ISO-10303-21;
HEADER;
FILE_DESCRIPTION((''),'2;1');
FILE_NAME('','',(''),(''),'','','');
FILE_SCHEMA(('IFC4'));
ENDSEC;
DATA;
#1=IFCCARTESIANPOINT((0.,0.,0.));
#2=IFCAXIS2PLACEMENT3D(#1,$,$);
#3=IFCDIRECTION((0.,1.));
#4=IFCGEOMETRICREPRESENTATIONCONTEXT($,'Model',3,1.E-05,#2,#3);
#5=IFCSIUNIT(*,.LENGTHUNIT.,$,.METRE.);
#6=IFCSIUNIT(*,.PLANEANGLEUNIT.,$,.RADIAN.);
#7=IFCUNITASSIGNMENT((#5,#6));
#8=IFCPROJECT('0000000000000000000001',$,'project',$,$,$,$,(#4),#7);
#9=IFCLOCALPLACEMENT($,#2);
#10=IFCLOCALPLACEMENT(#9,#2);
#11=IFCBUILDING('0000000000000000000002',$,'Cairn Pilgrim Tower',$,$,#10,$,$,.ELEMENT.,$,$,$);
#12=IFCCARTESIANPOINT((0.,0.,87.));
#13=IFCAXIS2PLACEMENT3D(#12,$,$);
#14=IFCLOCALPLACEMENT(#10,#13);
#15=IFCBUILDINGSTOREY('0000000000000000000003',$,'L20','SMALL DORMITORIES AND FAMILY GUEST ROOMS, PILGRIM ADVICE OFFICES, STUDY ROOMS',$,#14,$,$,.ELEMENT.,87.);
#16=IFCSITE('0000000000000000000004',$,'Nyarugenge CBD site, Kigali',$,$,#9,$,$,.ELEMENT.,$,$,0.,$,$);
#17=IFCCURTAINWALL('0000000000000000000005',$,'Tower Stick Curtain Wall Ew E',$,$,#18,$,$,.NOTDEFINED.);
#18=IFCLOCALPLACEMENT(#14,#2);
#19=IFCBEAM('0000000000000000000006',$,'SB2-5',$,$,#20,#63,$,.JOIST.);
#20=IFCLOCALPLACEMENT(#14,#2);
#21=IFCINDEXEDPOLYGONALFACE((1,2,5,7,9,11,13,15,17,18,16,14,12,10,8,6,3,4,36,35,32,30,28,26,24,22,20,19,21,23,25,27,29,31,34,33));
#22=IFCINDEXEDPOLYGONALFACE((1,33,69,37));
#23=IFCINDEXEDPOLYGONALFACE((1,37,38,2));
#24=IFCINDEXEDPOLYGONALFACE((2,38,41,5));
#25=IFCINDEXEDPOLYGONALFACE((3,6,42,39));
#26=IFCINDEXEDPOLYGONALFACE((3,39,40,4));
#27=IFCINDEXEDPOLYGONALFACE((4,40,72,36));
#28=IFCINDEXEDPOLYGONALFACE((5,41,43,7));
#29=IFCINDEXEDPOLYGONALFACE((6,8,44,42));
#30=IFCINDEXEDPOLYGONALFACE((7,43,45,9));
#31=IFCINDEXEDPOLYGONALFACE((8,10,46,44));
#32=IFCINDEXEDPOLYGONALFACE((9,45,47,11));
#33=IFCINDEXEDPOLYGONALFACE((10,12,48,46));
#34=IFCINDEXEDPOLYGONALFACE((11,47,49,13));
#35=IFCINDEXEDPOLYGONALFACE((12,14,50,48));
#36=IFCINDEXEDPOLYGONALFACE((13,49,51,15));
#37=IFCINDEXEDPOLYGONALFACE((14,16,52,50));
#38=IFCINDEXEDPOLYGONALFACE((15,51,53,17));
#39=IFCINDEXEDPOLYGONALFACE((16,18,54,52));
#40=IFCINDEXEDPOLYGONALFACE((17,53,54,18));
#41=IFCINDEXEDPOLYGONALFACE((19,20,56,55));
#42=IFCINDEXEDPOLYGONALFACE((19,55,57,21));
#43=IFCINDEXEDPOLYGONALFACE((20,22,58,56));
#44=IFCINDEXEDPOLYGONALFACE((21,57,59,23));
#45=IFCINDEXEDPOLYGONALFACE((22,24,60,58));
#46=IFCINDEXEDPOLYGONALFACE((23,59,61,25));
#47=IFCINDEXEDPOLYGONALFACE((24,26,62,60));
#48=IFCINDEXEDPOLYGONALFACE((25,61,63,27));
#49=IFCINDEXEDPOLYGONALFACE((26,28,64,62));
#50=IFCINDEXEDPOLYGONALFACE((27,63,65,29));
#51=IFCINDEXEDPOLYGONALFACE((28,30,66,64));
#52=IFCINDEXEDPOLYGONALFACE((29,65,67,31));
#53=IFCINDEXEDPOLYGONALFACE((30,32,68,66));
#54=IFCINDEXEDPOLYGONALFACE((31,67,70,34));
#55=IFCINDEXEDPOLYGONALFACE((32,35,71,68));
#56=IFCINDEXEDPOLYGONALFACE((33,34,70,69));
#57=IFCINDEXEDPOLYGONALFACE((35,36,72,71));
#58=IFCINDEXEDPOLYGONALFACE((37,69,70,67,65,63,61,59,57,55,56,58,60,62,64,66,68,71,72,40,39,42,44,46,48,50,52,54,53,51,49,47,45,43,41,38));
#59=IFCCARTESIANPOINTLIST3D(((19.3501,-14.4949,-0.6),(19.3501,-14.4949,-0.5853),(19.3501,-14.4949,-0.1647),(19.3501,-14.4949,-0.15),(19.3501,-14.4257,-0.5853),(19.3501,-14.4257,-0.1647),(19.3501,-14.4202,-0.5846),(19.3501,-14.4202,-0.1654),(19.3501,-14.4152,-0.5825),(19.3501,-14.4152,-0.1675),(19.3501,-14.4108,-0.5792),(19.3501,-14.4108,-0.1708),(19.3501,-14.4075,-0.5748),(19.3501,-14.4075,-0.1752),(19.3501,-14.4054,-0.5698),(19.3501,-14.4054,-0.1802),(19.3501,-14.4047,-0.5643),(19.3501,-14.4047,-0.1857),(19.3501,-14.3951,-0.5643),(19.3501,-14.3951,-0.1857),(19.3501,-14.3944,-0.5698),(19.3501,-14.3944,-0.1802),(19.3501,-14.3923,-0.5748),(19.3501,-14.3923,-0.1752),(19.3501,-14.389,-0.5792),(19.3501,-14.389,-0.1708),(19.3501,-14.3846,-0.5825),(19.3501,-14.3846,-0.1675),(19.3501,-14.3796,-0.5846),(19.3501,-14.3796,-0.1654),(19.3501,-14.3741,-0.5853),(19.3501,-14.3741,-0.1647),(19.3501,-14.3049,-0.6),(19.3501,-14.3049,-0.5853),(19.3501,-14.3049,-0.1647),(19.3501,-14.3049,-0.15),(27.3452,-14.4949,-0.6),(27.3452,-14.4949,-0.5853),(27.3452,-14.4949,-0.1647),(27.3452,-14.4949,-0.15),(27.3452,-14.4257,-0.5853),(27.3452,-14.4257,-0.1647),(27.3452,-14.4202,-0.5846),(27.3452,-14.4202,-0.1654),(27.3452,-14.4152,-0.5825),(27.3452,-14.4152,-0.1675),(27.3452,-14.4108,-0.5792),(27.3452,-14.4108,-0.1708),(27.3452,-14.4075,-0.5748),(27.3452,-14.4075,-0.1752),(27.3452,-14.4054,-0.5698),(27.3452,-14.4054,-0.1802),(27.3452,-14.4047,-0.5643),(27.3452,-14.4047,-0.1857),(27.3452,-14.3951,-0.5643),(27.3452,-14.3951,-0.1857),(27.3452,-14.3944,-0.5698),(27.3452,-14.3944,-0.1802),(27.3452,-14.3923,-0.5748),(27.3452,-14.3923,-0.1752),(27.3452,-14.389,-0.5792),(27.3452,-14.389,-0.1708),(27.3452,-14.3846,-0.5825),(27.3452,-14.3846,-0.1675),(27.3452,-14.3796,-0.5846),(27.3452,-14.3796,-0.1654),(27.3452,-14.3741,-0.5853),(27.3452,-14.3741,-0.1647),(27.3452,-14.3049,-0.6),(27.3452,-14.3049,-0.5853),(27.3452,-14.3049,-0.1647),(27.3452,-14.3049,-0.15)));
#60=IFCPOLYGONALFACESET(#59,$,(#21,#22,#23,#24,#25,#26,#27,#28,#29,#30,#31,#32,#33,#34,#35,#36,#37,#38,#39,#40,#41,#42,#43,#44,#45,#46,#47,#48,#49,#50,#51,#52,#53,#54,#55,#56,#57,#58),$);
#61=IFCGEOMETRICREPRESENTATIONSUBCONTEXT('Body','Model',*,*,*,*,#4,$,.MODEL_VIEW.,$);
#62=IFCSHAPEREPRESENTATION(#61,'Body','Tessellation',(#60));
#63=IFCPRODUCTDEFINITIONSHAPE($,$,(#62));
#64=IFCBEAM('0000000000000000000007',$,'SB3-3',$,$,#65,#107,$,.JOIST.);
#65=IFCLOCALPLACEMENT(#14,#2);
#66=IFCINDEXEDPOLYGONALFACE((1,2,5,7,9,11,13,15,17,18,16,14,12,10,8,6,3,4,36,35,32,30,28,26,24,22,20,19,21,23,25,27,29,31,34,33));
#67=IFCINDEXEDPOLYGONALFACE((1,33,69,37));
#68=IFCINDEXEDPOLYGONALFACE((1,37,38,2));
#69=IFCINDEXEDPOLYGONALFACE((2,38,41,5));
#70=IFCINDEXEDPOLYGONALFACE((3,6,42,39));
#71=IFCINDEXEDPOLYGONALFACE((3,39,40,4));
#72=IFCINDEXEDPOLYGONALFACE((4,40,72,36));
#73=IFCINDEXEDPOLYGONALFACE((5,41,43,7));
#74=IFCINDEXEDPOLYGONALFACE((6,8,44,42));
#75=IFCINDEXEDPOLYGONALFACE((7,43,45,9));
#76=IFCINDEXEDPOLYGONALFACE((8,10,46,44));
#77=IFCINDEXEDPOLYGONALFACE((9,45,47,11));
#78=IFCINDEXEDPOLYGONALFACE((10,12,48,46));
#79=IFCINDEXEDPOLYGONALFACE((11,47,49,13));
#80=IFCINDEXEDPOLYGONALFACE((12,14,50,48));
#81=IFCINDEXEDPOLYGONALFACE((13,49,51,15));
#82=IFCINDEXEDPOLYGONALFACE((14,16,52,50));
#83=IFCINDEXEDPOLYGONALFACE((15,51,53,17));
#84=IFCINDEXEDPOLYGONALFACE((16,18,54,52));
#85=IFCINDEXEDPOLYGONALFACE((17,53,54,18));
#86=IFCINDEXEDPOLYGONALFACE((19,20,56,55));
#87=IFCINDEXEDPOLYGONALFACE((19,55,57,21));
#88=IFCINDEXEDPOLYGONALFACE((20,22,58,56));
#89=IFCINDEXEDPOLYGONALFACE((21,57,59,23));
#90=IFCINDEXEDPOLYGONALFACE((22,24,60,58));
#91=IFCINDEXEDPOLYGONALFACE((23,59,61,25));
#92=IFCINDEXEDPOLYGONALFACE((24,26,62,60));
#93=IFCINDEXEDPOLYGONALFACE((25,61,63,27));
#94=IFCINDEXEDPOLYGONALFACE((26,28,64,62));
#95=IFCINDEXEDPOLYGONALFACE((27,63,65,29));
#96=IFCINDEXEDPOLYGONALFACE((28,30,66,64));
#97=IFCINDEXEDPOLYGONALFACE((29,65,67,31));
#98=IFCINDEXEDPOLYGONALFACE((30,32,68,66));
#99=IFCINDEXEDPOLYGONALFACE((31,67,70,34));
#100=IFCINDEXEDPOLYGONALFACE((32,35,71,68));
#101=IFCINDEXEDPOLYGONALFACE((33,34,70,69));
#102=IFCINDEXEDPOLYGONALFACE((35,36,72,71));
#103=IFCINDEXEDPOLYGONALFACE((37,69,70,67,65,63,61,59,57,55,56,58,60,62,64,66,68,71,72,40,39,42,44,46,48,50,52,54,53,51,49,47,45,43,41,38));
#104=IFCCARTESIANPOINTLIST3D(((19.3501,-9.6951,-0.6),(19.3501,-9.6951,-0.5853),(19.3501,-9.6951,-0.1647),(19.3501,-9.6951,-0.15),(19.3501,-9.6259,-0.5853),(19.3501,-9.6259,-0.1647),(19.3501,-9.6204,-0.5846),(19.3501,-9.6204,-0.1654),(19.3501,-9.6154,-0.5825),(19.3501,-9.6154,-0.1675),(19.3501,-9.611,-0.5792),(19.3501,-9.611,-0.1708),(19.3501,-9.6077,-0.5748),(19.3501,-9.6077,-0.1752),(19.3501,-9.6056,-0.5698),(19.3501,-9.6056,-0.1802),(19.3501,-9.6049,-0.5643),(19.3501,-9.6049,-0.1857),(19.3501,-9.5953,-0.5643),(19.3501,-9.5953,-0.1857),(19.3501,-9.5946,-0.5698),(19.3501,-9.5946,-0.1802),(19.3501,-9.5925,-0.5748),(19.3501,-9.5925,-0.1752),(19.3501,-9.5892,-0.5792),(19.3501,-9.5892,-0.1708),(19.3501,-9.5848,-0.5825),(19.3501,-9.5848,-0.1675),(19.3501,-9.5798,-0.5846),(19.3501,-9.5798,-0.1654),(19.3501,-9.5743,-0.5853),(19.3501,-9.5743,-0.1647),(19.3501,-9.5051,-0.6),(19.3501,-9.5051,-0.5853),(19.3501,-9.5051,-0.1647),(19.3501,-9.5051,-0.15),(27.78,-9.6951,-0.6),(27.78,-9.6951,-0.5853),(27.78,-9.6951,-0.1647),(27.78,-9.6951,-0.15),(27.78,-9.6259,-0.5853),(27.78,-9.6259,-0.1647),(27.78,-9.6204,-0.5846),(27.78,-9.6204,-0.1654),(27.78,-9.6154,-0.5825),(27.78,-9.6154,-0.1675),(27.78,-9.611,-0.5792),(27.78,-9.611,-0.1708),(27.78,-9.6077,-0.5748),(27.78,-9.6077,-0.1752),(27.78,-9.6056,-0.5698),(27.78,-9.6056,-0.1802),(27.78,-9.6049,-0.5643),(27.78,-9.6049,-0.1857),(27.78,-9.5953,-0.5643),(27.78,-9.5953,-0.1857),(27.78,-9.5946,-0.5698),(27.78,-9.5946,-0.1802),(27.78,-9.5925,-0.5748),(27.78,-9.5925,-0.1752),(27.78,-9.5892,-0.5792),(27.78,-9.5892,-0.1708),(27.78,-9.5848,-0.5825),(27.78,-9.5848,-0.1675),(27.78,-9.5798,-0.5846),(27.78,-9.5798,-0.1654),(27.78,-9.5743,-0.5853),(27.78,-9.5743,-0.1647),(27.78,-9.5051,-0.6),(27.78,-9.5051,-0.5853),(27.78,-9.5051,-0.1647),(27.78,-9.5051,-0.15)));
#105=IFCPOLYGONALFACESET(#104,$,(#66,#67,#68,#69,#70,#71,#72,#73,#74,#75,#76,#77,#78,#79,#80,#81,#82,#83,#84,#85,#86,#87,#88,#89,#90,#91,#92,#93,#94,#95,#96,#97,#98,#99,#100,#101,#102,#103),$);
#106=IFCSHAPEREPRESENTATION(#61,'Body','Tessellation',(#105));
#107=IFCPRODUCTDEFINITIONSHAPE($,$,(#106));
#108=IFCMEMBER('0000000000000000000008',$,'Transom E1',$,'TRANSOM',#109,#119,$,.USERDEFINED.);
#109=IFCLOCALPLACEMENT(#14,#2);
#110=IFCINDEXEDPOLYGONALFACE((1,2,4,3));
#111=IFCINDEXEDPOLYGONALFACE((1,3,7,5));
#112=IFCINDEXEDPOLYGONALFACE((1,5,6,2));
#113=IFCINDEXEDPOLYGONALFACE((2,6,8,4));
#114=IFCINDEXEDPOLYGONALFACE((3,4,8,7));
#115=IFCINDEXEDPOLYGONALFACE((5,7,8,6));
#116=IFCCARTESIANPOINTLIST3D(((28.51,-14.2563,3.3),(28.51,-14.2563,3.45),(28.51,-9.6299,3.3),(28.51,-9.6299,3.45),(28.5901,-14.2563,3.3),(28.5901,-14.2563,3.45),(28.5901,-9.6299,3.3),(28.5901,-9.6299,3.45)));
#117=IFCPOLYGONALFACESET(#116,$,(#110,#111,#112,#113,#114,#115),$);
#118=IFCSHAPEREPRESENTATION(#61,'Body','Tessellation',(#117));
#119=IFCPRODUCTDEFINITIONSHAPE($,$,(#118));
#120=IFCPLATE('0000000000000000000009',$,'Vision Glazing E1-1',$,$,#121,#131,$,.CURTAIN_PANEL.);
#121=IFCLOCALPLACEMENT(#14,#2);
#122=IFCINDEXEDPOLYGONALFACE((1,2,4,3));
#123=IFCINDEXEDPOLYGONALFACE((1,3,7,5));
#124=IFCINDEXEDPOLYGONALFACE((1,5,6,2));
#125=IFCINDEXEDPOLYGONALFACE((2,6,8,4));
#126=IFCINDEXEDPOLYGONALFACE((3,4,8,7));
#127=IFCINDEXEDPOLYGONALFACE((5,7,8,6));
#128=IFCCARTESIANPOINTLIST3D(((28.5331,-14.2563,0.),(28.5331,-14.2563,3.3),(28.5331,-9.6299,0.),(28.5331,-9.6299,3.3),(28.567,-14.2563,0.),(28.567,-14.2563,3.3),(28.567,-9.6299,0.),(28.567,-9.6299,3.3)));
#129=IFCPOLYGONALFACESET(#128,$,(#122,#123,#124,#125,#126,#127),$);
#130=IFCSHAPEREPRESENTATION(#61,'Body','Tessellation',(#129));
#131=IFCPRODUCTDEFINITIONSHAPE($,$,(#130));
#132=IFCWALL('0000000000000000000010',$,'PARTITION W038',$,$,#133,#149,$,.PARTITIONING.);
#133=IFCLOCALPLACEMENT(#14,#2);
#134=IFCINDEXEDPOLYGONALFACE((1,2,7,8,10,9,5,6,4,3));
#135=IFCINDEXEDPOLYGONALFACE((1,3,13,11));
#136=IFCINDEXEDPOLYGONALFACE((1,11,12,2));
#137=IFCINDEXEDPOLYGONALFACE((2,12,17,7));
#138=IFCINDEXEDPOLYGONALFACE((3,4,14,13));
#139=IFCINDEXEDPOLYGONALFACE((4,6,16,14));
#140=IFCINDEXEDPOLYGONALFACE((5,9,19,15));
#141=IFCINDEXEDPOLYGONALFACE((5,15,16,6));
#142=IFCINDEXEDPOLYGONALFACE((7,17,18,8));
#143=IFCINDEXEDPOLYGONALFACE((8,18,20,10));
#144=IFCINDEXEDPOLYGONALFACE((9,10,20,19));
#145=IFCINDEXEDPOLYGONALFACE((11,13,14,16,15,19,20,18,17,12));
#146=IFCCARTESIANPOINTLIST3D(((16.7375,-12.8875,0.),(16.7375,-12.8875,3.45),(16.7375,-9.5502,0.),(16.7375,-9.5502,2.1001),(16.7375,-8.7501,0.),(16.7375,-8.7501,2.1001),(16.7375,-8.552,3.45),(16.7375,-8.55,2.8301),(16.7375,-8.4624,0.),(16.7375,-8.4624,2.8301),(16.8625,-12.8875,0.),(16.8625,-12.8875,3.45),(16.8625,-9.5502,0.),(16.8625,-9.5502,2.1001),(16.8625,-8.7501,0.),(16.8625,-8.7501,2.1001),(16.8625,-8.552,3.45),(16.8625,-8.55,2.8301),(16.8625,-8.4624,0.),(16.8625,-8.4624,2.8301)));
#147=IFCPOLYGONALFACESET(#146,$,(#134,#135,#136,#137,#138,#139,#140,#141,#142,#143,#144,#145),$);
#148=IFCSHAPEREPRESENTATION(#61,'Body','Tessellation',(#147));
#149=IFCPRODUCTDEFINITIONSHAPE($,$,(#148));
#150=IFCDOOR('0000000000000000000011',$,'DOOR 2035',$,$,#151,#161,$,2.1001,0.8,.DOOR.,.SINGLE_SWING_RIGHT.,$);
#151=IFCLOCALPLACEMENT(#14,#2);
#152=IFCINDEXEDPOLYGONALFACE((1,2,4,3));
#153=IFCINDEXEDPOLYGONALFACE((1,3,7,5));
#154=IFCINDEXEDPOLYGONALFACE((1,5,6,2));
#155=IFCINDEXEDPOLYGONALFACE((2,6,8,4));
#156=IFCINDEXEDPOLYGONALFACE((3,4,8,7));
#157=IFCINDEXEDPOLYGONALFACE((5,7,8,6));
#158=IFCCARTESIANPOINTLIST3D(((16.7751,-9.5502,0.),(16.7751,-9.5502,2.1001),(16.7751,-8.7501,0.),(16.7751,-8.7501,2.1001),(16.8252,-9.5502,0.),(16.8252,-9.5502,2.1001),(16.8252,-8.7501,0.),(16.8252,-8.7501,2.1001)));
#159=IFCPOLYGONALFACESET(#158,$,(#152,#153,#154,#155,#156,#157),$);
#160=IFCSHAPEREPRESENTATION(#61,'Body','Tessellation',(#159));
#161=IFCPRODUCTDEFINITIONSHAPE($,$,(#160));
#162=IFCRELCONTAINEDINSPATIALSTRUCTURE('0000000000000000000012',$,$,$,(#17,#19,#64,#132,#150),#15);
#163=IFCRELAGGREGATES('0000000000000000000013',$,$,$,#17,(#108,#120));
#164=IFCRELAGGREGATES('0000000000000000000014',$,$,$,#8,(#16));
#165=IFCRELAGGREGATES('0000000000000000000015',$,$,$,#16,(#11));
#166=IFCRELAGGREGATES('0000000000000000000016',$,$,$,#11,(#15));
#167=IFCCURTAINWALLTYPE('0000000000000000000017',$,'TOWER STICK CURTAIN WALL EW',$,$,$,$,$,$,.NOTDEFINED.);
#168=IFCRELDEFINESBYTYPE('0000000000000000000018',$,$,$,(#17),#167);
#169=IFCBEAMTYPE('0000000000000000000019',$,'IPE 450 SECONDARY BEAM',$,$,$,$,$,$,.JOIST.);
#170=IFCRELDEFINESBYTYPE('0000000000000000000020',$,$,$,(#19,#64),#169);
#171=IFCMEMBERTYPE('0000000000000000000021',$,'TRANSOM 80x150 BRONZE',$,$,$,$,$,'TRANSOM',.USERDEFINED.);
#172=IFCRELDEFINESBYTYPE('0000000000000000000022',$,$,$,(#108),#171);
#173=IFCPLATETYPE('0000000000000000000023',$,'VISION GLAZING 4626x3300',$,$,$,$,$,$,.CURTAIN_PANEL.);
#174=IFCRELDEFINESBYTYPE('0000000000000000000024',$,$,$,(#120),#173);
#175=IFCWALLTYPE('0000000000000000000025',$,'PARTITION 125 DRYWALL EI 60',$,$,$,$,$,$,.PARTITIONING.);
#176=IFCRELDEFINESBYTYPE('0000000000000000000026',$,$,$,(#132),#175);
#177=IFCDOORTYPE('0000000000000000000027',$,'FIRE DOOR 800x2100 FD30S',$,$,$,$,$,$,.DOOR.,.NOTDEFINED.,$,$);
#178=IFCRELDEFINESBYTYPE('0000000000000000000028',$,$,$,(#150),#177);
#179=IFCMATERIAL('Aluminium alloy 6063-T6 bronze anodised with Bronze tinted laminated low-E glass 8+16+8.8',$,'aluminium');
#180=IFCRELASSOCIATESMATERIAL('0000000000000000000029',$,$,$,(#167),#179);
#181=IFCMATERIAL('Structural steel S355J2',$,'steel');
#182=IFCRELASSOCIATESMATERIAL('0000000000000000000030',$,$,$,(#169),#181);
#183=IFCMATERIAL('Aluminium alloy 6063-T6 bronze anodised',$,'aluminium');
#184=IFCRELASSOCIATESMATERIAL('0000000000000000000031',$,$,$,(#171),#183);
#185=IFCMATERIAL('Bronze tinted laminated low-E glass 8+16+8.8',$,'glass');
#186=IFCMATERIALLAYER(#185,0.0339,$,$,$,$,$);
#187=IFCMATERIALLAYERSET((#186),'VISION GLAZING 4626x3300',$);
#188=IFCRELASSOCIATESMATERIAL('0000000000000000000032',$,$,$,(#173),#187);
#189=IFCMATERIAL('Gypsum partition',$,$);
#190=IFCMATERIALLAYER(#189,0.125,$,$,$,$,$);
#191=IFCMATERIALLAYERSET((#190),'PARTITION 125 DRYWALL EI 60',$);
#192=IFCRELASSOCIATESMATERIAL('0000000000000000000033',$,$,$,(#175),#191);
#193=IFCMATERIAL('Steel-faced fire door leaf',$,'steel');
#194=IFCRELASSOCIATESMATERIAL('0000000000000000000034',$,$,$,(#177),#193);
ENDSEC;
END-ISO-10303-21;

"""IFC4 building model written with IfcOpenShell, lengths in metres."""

from ifc_helpers import new_model, si_unit, direction, frame, frame_2d, origin, origin_2d, place, context, subcontext, project, spatial, polyline, rectangle, i_section, outline, extrude, material, layer, layer_set, material_profile, profile_set, type_object, element, fill, aggregate, save


model = new_model("IFC4")

# Units and contexts
model_context = context("Model", 3, precision=1e-05, world=origin(), true_north=direction((0.0, 1.0)))
body_context = subcontext(model_context, "Body", "Model", "MODEL_VIEW")
ifc_project = project(units=[si_unit("LENGTHUNIT", "METRE"), si_unit("PLANEANGLEUNIT", "RADIAN")], contexts=[model_context])

# Site, building, storey
site_placement = place(None, origin())
site = spatial("IfcSite", under=ifc_project, at=site_placement, Name="Nyarugenge CBD site, Kigali", CompositionType="ELEMENT", RefElevation=0.0)
building_placement = place(site_placement, origin())
building = spatial("IfcBuilding", under=site, at=building_placement, Name="Cairn Pilgrim Tower", CompositionType="ELEMENT")
storey_placement = place(building_placement, frame((0.0, 0.0, 87.0)))
storey = spatial("IfcBuildingStorey", under=building, at=storey_placement, Name="L20", Description="SMALL DORMITORIES AND FAMILY GUEST ROOMS, PILGRIM ADVICE OFFICES, STUDY ROOMS", CompositionType="ELEMENT", Elevation=87.0)

# Curtain wall
ifc_material_1 = material(Name="Aluminium alloy 6063-T6 bronze anodised with Bronze tinted laminated low-E glass 8+16+8.8", Category="aluminium")
curtain_wall_type = type_object("IfcCurtainWallType", Name="TOWER STICK CURTAIN WALL EW", PredefinedType="NOTDEFINED", material=ifc_material_1)
curtain_wall_placement = place(storey_placement, origin())
curtain_wall = element("IfcCurtainWall", 1, at=curtain_wall_placement, inside=storey, type_object=curtain_wall_type, Name="Tower Stick Curtain Wall Ew E", PredefinedType="NOTDEFINED")
ifc_material_2 = material(Name="Aluminium alloy 6063-T6 bronze anodised", Category="aluminium")

# Beams
ifc_material_3 = material(Name="Structural steel S355J2", Category="steel")
ifc_material_profile_1 = material_profile(ifc_material_3, i_section(OverallWidth=0.1899, OverallDepth=0.45, WebThickness=0.0095, FlangeThickness=0.0146, FilletRadius=0.021, at=origin_2d()), Name="IPE 450")
ifc_profile_set_1 = profile_set([ifc_material_profile_1], Name="Structural steel S355J2")
beam_type_1 = type_object("IfcBeamType", Name="IPE 450 SECONDARY BEAM", PredefinedType="JOIST", material=ifc_profile_set_1)
beam_1_placement = place(storey_placement, frame((19.3501, -14.3999, -0.375), z_axis=(1.0, 0.0, 0.0), x_axis=(0.0, 1.0, 0.0)))
element("IfcBeam", 2, at=beam_1_placement, inside=storey, type_object=beam_type_1, Name="SB2-5", PredefinedType="JOIST", context=body_context, shape_type="SweptSolid", body=[
    extrude(i_section(OverallWidth=0.1899, OverallDepth=0.45, WebThickness=0.0095, FlangeThickness=0.0146, FilletRadius=0.021, at=origin_2d()), origin(), (0.0, 0.0, 1.0), 7.9951),
])
beam_2_placement = place(storey_placement, frame((19.3501, -9.6001, -0.375), z_axis=(1.0, 0.0, 0.0), x_axis=(0.0, 1.0, 0.0)))
element("IfcBeam", 3, at=beam_2_placement, inside=storey, type_object=beam_type_1, Name="SB3-3", PredefinedType="JOIST", context=body_context, shape_type="SweptSolid", body=[
    extrude(i_section(OverallWidth=0.1899, OverallDepth=0.45, WebThickness=0.0095, FlangeThickness=0.0146, FilletRadius=0.021, at=origin_2d()), origin(), (0.0, 0.0, 1.0), 8.4299),
])

# Member
ifc_material_profile_2 = material_profile(ifc_material_2, rectangle(XDim=0.0801, YDim=0.1499, at=origin_2d()), Name="TRANSOM 80x150 BRONZE")
ifc_profile_set_2 = profile_set([ifc_material_profile_2], Name="Aluminium alloy 6063-T6 bronze anodised")
member_type_1 = type_object("IfcMemberType", Name="TRANSOM 80x150 BRONZE", ElementType="TRANSOM", PredefinedType="USERDEFINED", material=ifc_profile_set_2)
member_1_placement = place(storey_placement, frame((28.55, -14.2563, 3.375), z_axis=(0.0, 1.0, 0.0), x_axis=(-1.0, 0.0, 0.0)))
member_1 = element("IfcMember", 4, at=member_1_placement, type_object=member_type_1, Name="Transom E1", ObjectType="TRANSOM", PredefinedType="USERDEFINED", context=body_context, shape_type="SweptSolid", body=[
    extrude(rectangle(XDim=0.0801, YDim=0.1499, at=origin_2d()), origin(), (0.0, 0.0, 1.0), 4.6265),
])

# Plate
ifc_material_4 = material(Name="Bronze tinted laminated low-E glass 8+16+8.8", Category="glass")
ifc_layer_1 = layer(ifc_material_4, 0.0339)
ifc_layer_set_1 = layer_set([ifc_layer_1], Name="VISION GLAZING 4626x3300")
plate_type = type_object("IfcPlateType", Name="VISION GLAZING 4626x3300", PredefinedType="CURTAIN_PANEL", material=ifc_layer_set_1)
plate_placement = place(storey_placement, frame((28.55, -11.9431, 0.0), z_axis=(0.0, 0.0, 1.0), x_axis=(0.0, 1.0, 0.0)))
plate = element("IfcPlate", 5, at=plate_placement, type_object=plate_type, Name="Vision Glazing E1-1", PredefinedType="CURTAIN_PANEL", context=body_context, shape_type="SweptSolid", body=[
    extrude(rectangle(XDim=4.6265, YDim=0.0339, at=origin_2d()), origin(), (0.0, 0.0, 1.0), 3.3),
])
aggregate(curtain_wall, [member_1, plate])

# Wall, opening, door
ifc_material_5 = material(Name="Gypsum partition")
ifc_layer_2 = layer(ifc_material_5, 0.125)
ifc_layer_set_2 = layer_set([ifc_layer_2], Name="PARTITION 125 DRYWALL EI 60")
wall_type_1 = type_object("IfcWallType", Name="PARTITION 125 DRYWALL EI 60", PredefinedType="PARTITIONING", material=ifc_layer_set_2)
wall_1_placement = place(storey_placement, frame((16.8, -12.8875, 0.0), z_axis=(0.0, 0.0, 1.0), x_axis=(0.0, 1.0, 0.0)))
wall_1 = element("IfcWall", 6, at=wall_1_placement, inside=storey, type_object=wall_type_1, Name="PARTITION W038", PredefinedType="PARTITIONING", context=body_context, shape_type="SweptSolid", body=[
    extrude(outline(polyline([(0.0, 0.0), (4.425, 0.0), (4.425, 2.8301), (4.3374, 2.8301), (4.3354, 3.45), (0.0, 3.45), (0.0, 0.0)])), frame((0.0, 0.0625, 0.0), z_axis=(0.0, -1.0, 0.0), x_axis=(1.0, 0.0, 0.0)), (0.0, 0.0, 1.0), 0.125),
])
opening_1_placement = place(wall_1_placement, frame((3.3374, 0.0, 0.0)))
opening_1 = element("IfcOpeningElement", 7, at=opening_1_placement, cuts=wall_1, PredefinedType="OPENING", context=body_context, shape_type="SweptSolid", body=[
    extrude(rectangle(XDim=0.8, YDim=2.1001, at=frame_2d((0.3999, 1.05))), frame((0.0, 0.0725, 0.0), z_axis=(0.0, -1.0, 0.0), x_axis=(1.0, 0.0, 0.0)), (0.0, 0.0, 1.0), 0.145),
])
ifc_material_6 = material(Name="Steel-faced fire door leaf", Category="steel")
door_type_1 = type_object("IfcDoorType", Name="FIRE DOOR 800x2100 FD30S", OperationType="NOTDEFINED", PredefinedType="DOOR", material=ifc_material_6)
door_1_placement = place(opening_1_placement, origin())
door_1 = element("IfcDoor", 8, at=door_1_placement, inside=storey, type_object=door_type_1, Name="DOOR 2035", OperationType="SINGLE_SWING_RIGHT", OverallHeight=2.1001, OverallWidth=0.8, PredefinedType="DOOR", context=body_context, shape_type="SweptSolid", body=[
    extrude(rectangle(XDim=0.8, YDim=2.1001, at=frame_2d((0.3999, 1.05))), frame((0.0, 0.0249, 0.0), z_axis=(0.0, -1.0, 0.0), x_axis=(1.0, 0.0, 0.0)), (0.0, 0.0, 1.0), 0.05),
])
fill(opening_1, door_1)

save(model, "model.ifc")
